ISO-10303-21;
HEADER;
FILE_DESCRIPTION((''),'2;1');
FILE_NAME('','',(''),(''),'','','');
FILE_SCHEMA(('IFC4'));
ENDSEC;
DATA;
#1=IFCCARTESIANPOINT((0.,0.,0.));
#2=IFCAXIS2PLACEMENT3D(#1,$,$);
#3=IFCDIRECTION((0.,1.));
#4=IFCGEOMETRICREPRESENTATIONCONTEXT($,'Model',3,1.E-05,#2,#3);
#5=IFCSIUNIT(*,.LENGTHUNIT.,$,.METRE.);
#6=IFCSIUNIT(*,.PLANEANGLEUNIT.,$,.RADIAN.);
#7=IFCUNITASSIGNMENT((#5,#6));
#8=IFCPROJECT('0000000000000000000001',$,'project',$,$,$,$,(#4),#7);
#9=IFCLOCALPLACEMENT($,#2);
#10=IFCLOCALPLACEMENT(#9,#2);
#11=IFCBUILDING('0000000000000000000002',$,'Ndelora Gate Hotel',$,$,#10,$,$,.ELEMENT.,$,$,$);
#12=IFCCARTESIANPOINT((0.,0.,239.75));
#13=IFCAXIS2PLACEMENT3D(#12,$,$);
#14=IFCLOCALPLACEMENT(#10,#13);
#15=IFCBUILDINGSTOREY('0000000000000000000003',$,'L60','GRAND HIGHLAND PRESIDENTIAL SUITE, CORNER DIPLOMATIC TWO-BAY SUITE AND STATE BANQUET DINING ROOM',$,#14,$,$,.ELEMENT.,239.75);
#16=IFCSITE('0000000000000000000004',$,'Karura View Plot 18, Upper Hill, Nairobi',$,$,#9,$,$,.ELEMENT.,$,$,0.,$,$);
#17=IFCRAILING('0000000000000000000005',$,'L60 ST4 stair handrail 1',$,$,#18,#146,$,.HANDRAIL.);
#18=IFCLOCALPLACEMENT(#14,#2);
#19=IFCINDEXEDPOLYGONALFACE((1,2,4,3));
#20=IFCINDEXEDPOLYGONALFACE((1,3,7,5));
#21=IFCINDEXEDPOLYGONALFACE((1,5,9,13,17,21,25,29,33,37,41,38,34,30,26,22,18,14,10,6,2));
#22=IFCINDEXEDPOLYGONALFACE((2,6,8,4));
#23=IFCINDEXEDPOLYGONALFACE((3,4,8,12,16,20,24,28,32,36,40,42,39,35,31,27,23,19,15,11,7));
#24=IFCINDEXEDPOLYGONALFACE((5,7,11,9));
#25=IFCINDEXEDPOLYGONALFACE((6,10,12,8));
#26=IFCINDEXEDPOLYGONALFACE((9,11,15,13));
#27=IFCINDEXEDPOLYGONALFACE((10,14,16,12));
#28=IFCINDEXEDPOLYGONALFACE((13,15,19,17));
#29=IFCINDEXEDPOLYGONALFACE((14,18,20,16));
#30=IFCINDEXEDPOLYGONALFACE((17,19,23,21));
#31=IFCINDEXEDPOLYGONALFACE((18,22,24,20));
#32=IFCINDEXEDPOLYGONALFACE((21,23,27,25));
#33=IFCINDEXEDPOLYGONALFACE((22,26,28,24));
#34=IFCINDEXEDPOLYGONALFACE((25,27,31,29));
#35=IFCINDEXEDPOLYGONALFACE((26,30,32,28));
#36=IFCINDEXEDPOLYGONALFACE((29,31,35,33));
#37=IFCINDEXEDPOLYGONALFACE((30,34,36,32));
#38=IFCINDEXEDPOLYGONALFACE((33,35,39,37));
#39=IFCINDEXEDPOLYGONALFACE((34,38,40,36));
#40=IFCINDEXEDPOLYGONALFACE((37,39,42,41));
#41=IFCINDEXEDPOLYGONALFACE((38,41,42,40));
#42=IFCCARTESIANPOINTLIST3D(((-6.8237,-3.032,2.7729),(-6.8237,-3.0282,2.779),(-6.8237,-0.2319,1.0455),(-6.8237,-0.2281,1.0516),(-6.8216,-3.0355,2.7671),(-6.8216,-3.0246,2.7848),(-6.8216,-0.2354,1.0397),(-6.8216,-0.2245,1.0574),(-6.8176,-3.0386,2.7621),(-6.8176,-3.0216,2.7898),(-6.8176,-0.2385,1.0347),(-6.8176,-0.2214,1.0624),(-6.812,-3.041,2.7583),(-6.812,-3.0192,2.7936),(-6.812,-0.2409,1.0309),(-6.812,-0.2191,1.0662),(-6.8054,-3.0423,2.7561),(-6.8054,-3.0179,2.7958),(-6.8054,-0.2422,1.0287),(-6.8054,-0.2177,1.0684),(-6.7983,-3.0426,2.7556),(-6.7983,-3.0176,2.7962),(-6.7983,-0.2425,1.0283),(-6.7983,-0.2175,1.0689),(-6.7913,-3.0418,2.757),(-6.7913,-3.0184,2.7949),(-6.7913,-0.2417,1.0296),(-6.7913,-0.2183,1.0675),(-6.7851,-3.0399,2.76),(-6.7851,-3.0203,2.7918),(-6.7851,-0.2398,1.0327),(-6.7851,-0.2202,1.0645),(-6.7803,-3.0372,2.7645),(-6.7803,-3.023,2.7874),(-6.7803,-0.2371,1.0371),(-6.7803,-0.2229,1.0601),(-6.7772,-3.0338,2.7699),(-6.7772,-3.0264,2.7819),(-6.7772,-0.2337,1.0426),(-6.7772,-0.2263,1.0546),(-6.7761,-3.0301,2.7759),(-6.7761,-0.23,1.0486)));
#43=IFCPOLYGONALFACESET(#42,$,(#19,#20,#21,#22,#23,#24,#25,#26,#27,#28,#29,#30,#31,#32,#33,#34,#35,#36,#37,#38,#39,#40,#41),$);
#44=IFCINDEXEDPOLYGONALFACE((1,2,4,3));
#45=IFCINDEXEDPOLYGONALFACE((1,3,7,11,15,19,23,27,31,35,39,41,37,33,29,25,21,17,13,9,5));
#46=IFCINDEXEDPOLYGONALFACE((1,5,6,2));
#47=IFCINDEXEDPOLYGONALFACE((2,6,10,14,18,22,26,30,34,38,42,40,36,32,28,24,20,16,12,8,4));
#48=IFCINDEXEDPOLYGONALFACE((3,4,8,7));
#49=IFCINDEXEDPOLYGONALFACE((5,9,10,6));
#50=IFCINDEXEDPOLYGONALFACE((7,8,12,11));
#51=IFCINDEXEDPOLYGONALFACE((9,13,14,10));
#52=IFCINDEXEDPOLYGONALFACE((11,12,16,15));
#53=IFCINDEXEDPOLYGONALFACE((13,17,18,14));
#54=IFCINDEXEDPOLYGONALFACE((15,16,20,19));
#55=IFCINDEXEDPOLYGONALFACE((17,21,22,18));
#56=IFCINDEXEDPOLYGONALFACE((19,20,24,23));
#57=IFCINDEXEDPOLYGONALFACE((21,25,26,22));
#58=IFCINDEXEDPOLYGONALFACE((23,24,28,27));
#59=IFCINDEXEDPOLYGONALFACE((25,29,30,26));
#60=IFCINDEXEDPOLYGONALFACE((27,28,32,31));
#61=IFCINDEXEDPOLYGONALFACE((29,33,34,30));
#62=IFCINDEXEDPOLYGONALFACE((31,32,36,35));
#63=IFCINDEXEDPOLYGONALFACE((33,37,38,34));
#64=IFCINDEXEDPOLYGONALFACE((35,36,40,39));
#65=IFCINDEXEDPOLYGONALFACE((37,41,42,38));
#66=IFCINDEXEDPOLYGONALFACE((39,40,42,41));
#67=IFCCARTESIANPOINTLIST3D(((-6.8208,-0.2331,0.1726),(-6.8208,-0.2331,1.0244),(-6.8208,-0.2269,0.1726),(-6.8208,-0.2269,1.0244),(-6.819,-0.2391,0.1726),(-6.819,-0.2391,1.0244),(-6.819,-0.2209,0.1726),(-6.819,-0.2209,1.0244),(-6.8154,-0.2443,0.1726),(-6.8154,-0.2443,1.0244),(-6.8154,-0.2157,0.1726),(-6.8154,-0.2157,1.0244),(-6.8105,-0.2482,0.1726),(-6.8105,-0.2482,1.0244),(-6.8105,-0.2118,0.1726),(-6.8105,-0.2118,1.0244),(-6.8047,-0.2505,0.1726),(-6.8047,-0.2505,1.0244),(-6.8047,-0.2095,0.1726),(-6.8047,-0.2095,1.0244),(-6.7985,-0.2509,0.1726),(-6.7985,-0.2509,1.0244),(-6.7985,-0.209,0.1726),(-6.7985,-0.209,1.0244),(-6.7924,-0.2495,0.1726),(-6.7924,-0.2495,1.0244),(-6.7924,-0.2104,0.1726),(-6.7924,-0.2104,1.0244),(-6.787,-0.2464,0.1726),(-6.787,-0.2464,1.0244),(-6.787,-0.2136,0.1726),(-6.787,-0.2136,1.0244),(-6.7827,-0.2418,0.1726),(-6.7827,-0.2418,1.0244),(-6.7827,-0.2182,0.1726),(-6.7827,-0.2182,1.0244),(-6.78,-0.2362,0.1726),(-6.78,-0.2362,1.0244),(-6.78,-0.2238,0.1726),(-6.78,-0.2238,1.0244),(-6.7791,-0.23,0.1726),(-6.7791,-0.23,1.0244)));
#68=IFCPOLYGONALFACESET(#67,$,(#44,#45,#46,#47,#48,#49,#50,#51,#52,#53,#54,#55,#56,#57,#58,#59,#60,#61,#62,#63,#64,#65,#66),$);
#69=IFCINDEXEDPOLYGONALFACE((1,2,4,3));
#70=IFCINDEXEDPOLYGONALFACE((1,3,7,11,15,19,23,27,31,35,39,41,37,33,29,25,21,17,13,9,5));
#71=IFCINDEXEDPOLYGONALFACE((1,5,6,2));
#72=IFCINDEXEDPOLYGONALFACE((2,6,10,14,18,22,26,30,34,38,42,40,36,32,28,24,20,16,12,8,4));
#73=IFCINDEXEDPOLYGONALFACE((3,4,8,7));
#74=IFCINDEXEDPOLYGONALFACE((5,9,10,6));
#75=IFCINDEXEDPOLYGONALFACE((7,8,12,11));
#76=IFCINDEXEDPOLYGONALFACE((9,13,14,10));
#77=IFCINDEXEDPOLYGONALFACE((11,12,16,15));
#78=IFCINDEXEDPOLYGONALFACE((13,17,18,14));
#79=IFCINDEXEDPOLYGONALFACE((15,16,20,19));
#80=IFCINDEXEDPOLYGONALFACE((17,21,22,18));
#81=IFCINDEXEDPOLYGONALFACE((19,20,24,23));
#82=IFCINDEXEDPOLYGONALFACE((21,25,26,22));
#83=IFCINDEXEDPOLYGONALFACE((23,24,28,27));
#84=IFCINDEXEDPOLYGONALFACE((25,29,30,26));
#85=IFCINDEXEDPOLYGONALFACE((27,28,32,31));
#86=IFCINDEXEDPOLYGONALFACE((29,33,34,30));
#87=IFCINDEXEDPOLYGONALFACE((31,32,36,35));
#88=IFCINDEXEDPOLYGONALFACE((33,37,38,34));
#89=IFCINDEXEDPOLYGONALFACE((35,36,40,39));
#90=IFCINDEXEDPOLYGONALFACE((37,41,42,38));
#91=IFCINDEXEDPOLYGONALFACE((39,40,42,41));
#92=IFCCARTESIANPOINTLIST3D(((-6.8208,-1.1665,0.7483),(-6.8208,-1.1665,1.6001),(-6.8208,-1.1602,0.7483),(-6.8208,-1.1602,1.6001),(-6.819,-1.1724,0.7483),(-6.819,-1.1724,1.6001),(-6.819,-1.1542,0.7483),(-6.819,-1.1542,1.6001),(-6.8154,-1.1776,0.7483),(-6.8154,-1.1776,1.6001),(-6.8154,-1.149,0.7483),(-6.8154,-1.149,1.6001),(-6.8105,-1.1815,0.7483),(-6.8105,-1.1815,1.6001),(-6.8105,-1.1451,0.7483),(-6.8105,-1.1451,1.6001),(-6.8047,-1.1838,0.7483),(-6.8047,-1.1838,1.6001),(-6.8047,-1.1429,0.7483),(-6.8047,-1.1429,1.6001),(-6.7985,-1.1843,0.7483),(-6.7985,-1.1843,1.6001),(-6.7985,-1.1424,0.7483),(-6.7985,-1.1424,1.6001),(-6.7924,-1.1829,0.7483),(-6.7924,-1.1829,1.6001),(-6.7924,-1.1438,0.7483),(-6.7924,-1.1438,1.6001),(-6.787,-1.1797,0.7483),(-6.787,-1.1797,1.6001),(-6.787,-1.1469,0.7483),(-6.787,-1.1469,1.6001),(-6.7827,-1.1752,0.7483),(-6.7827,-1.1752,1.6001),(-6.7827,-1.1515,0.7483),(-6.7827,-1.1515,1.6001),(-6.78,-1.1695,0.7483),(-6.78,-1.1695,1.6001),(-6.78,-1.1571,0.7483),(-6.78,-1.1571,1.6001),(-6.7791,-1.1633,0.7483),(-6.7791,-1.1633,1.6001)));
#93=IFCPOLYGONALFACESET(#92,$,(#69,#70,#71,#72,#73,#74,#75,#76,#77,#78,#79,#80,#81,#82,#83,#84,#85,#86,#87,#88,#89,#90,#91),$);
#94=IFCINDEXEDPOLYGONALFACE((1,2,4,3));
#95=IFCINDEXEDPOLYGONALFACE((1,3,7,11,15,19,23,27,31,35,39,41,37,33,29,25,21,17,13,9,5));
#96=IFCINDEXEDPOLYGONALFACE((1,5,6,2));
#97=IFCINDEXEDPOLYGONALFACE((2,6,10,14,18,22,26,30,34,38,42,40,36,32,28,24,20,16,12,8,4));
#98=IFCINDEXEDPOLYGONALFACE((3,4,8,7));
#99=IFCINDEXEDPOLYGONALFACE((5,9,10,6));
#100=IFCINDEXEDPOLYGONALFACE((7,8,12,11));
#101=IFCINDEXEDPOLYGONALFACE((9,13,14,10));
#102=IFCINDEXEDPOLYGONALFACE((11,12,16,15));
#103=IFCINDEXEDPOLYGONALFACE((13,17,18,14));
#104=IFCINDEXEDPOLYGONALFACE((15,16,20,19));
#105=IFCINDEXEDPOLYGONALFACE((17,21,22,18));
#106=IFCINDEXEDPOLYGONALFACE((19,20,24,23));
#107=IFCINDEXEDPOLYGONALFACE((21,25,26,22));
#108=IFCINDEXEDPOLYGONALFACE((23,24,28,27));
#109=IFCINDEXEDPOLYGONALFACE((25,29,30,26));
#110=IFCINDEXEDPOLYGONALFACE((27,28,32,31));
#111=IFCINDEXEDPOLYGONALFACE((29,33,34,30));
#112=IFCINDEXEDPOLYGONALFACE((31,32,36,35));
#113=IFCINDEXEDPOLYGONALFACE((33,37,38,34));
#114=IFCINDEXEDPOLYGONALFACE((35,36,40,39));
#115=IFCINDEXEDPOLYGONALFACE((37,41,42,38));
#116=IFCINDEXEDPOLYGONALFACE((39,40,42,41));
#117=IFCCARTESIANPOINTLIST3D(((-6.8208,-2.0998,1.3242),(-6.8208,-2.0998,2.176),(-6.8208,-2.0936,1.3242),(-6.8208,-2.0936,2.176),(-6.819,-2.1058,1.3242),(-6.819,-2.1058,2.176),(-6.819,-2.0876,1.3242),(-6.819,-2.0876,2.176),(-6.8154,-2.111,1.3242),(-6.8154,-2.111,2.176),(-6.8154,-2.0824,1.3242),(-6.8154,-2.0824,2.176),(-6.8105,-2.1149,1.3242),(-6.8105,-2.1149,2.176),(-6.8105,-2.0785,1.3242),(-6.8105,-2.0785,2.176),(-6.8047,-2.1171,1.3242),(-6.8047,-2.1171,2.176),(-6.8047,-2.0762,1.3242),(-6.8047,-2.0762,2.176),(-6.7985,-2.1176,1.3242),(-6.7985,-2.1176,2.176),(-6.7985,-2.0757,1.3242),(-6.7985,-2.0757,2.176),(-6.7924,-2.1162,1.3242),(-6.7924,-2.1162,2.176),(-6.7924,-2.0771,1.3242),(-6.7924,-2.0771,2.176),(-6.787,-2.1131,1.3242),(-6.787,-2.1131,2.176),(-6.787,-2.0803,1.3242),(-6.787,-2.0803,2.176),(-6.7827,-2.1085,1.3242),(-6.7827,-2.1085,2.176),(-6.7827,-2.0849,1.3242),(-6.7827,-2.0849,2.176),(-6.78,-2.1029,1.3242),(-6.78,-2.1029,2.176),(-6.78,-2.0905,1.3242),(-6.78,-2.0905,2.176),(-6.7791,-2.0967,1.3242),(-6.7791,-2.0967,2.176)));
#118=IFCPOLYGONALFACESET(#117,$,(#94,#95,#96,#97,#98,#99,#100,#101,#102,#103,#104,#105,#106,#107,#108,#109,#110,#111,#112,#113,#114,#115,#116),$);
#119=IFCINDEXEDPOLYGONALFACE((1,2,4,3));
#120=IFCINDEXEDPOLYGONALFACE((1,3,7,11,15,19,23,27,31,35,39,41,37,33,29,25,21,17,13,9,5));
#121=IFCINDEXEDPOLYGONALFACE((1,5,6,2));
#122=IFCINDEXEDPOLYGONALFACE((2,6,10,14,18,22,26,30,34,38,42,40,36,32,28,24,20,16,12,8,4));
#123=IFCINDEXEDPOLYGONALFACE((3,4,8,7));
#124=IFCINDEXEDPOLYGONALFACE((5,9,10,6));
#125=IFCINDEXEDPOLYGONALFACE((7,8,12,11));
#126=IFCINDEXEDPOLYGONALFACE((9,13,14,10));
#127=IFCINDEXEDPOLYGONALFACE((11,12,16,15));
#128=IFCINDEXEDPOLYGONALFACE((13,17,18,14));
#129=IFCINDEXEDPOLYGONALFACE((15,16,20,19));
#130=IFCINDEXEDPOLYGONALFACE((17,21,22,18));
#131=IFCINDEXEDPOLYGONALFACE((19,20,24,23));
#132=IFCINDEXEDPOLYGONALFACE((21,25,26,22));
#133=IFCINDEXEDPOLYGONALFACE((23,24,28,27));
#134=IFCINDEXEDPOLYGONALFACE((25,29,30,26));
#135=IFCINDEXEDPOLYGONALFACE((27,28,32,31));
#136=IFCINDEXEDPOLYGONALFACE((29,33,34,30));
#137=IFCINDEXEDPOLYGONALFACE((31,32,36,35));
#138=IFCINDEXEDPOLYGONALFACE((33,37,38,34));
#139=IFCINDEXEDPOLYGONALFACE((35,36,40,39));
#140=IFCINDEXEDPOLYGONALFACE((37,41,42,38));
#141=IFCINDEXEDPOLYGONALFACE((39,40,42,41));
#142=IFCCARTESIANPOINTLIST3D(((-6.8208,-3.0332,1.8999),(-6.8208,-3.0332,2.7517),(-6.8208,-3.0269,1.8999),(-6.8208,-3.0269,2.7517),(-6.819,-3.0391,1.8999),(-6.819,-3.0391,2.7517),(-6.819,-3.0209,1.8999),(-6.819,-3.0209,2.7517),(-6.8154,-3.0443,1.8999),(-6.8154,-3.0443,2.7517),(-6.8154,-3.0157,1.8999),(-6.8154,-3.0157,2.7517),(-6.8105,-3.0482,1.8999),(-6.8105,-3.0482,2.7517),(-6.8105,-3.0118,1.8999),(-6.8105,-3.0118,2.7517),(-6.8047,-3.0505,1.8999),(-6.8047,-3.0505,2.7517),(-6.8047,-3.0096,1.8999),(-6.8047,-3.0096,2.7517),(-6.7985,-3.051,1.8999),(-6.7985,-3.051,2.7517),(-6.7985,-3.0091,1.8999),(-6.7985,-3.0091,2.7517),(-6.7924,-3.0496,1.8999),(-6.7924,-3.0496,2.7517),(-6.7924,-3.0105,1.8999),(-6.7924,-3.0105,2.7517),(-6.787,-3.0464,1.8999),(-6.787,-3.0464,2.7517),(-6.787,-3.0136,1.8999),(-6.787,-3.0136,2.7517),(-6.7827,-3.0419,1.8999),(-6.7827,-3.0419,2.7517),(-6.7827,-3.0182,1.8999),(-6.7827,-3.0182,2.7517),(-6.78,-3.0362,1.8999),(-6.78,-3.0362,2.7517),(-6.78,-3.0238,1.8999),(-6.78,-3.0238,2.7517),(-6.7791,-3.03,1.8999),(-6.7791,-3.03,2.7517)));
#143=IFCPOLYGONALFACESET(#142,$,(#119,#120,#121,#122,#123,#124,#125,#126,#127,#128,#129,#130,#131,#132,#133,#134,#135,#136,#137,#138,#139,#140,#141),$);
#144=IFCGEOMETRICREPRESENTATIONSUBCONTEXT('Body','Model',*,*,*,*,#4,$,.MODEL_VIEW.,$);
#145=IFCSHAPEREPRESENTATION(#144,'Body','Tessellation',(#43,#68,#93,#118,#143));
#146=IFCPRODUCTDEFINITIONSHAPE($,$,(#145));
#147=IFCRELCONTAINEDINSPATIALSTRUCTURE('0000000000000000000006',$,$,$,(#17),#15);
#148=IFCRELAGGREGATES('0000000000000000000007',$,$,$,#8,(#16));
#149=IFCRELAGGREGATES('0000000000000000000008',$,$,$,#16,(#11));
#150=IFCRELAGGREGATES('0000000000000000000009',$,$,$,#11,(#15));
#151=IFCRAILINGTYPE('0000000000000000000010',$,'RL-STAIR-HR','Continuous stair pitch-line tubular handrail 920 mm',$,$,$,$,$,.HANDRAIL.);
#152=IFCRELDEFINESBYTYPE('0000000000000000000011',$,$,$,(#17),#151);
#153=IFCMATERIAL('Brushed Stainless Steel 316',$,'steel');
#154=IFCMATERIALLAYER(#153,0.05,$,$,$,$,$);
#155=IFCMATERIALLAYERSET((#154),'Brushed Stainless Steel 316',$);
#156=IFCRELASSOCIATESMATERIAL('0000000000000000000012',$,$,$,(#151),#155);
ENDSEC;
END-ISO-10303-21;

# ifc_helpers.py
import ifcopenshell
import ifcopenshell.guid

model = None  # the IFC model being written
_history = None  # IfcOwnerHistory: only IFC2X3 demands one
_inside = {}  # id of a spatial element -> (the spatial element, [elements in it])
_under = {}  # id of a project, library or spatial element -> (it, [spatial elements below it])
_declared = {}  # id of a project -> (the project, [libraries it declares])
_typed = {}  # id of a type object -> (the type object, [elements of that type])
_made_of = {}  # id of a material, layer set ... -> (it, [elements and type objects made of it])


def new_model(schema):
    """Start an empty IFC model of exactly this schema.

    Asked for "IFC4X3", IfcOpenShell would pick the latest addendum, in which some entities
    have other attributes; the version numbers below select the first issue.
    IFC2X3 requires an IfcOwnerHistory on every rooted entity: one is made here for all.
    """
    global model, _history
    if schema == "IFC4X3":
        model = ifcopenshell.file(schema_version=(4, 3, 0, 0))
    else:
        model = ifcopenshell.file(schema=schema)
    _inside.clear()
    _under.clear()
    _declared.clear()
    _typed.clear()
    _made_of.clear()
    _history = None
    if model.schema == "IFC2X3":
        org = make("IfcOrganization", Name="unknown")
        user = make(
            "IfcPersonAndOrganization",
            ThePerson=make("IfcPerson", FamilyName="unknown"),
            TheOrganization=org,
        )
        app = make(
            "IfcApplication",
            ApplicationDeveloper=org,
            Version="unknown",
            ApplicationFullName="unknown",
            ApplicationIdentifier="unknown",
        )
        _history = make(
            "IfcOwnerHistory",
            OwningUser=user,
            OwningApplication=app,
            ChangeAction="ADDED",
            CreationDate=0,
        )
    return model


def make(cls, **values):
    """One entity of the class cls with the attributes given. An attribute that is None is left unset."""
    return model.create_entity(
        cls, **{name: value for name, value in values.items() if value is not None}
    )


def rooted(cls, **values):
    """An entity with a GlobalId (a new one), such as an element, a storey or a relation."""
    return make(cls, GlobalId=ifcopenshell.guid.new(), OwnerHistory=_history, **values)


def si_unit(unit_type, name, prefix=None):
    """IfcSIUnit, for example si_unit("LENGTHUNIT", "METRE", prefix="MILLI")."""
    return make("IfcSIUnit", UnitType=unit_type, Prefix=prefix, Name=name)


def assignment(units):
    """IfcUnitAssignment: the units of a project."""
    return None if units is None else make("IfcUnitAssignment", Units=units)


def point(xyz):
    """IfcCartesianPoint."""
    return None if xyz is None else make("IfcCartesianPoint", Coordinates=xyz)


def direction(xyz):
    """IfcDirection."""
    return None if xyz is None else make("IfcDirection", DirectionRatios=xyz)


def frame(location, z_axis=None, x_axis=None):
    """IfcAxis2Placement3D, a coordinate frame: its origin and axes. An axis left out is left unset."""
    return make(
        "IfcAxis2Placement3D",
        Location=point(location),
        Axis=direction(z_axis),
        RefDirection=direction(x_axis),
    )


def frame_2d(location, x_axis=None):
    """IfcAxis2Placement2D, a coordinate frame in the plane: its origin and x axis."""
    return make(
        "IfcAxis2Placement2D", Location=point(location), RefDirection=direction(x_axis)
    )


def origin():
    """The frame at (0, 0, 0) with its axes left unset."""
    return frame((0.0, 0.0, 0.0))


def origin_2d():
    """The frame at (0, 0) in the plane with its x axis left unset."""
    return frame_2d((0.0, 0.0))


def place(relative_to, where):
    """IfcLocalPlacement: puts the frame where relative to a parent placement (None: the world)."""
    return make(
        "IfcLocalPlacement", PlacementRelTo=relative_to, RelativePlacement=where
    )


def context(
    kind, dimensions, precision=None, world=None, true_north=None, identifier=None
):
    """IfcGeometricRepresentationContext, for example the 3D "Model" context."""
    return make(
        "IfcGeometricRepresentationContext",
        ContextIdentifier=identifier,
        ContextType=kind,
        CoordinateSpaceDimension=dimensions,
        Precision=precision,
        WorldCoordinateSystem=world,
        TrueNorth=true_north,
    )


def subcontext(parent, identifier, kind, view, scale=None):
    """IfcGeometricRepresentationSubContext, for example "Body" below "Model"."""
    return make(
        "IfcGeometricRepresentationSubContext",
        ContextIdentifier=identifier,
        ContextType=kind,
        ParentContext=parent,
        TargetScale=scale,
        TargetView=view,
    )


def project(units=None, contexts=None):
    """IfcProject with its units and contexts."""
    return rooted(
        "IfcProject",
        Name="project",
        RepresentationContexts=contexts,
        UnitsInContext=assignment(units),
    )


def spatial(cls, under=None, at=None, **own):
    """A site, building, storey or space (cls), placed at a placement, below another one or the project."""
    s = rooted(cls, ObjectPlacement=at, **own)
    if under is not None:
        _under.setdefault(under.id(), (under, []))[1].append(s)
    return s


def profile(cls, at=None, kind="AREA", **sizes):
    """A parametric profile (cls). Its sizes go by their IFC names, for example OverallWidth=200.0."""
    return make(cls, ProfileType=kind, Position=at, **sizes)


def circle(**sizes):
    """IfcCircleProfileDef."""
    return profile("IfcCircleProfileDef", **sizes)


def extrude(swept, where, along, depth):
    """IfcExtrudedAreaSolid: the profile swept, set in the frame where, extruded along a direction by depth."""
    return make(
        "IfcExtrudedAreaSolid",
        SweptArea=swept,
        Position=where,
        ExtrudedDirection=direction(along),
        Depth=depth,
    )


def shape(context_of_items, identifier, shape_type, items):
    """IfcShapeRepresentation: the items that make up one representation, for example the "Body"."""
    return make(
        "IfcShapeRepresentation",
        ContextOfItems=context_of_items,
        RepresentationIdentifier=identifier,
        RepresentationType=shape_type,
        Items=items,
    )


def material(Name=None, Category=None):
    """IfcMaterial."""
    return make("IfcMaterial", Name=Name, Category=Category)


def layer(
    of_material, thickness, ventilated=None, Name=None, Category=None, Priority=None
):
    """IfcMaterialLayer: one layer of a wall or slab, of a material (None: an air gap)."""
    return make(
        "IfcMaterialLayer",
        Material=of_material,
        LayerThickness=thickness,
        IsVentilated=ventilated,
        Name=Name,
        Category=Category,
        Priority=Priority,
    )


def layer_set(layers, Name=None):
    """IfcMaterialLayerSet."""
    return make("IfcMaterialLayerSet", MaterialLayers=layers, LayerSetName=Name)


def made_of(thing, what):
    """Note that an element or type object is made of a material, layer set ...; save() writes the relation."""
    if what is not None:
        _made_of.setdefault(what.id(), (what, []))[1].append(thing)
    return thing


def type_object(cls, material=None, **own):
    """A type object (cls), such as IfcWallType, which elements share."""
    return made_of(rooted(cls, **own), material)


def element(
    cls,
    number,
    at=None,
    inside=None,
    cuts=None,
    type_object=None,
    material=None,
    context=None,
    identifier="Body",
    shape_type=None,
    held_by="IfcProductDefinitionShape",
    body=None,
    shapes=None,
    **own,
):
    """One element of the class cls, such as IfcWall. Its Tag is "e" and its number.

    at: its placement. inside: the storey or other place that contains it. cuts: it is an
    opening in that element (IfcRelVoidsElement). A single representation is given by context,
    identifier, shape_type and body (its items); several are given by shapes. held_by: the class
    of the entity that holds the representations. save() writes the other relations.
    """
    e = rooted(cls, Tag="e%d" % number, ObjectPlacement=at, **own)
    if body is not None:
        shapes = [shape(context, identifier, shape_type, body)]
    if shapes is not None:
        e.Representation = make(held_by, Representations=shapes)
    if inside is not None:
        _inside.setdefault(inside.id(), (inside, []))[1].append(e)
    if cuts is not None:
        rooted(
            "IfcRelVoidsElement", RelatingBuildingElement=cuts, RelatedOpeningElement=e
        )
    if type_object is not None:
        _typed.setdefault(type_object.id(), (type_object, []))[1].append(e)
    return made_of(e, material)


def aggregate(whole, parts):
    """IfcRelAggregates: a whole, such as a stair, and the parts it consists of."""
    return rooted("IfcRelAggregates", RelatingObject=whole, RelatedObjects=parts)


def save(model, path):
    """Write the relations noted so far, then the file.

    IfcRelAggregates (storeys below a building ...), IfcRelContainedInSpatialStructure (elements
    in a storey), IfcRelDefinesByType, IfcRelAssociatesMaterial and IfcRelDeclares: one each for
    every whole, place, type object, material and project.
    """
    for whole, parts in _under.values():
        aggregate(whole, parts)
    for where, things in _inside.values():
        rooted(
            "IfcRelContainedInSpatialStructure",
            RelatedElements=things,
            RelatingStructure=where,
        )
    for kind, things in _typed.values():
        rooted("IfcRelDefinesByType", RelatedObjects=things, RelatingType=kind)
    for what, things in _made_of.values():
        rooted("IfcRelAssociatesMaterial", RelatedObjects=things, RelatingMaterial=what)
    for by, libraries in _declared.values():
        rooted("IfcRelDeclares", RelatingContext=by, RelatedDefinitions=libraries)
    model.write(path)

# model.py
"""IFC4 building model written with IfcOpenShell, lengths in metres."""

from ifc_helpers import new_model, si_unit, direction, frame, origin, origin_2d, place, context, subcontext, project, spatial, circle, extrude, material, layer, layer_set, type_object, element, save


model = new_model("IFC4")

# Units and contexts
model_context = context("Model", 3, precision=1e-05, world=origin(), true_north=direction((0.0, 1.0)))
body_context = subcontext(model_context, "Body", "Model", "MODEL_VIEW")
ifc_project = project(units=[si_unit("LENGTHUNIT", "METRE"), si_unit("PLANEANGLEUNIT", "RADIAN")], contexts=[model_context])

# Site, building, storey
site_placement = place(None, origin())
site = spatial("IfcSite", under=ifc_project, at=site_placement, Name="Karura View Plot 18, Upper Hill, Nairobi", CompositionType="ELEMENT", RefElevation=0.0)
building_placement = place(site_placement, origin())
building = spatial("IfcBuilding", under=site, at=building_placement, Name="Ndelora Gate Hotel", CompositionType="ELEMENT")
storey_placement = place(building_placement, frame((0.0, 0.0, 239.75)))
storey = spatial("IfcBuildingStorey", under=building, at=storey_placement, Name="L60", Description="GRAND HIGHLAND PRESIDENTIAL SUITE, CORNER DIPLOMATIC TWO-BAY SUITE AND STATE BANQUET DINING ROOM", CompositionType="ELEMENT", Elevation=239.75)

# Railing
ifc_material_1 = material(Name="Brushed Stainless Steel 316", Category="steel")
ifc_layer_1 = layer(ifc_material_1, 0.05)
ifc_layer_set_1 = layer_set([ifc_layer_1], Name="Brushed Stainless Steel 316")
railing_type_1 = type_object("IfcRailingType", Name="RL-STAIR-HR", Description="Continuous stair pitch-line tubular handrail 920 mm", PredefinedType="HANDRAIL", material=ifc_layer_set_1)
railing_1_placement = place(storey_placement, frame((-6.8, -0.23, 0.1726)))
element("IfcRailing", 1, at=railing_1_placement, inside=storey, type_object=railing_type_1, Name="L60 ST4 stair handrail 1", PredefinedType="HANDRAIL", context=body_context, shape_type="SweptSolid", body=[
    extrude(circle(Radius=0.0239, at=origin_2d()), frame((0.0, 0.0, 0.876), z_axis=(0.0, -0.85109, 0.52502), x_axis=(1.0, 0.0, 0.0)), (0.0, 0.0, 1.0), 3.29),
    extrude(circle(Radius=0.021, at=origin_2d()), origin(), (0.0, 0.0, 1.0), 0.8518),
    extrude(circle(Radius=0.021, at=origin_2d()), frame((0.0, -0.9333, 0.5757)), (0.0, 0.0, 1.0), 0.8518),
    extrude(circle(Radius=0.021, at=origin_2d()), frame((0.0, -1.8667, 1.1516)), (0.0, 0.0, 1.0), 0.8518),
    extrude(circle(Radius=0.021, at=origin_2d()), frame((0.0, -2.8, 1.7273)), (0.0, 0.0, 1.0), 0.8518),
])

save(model, "model.ifc")
